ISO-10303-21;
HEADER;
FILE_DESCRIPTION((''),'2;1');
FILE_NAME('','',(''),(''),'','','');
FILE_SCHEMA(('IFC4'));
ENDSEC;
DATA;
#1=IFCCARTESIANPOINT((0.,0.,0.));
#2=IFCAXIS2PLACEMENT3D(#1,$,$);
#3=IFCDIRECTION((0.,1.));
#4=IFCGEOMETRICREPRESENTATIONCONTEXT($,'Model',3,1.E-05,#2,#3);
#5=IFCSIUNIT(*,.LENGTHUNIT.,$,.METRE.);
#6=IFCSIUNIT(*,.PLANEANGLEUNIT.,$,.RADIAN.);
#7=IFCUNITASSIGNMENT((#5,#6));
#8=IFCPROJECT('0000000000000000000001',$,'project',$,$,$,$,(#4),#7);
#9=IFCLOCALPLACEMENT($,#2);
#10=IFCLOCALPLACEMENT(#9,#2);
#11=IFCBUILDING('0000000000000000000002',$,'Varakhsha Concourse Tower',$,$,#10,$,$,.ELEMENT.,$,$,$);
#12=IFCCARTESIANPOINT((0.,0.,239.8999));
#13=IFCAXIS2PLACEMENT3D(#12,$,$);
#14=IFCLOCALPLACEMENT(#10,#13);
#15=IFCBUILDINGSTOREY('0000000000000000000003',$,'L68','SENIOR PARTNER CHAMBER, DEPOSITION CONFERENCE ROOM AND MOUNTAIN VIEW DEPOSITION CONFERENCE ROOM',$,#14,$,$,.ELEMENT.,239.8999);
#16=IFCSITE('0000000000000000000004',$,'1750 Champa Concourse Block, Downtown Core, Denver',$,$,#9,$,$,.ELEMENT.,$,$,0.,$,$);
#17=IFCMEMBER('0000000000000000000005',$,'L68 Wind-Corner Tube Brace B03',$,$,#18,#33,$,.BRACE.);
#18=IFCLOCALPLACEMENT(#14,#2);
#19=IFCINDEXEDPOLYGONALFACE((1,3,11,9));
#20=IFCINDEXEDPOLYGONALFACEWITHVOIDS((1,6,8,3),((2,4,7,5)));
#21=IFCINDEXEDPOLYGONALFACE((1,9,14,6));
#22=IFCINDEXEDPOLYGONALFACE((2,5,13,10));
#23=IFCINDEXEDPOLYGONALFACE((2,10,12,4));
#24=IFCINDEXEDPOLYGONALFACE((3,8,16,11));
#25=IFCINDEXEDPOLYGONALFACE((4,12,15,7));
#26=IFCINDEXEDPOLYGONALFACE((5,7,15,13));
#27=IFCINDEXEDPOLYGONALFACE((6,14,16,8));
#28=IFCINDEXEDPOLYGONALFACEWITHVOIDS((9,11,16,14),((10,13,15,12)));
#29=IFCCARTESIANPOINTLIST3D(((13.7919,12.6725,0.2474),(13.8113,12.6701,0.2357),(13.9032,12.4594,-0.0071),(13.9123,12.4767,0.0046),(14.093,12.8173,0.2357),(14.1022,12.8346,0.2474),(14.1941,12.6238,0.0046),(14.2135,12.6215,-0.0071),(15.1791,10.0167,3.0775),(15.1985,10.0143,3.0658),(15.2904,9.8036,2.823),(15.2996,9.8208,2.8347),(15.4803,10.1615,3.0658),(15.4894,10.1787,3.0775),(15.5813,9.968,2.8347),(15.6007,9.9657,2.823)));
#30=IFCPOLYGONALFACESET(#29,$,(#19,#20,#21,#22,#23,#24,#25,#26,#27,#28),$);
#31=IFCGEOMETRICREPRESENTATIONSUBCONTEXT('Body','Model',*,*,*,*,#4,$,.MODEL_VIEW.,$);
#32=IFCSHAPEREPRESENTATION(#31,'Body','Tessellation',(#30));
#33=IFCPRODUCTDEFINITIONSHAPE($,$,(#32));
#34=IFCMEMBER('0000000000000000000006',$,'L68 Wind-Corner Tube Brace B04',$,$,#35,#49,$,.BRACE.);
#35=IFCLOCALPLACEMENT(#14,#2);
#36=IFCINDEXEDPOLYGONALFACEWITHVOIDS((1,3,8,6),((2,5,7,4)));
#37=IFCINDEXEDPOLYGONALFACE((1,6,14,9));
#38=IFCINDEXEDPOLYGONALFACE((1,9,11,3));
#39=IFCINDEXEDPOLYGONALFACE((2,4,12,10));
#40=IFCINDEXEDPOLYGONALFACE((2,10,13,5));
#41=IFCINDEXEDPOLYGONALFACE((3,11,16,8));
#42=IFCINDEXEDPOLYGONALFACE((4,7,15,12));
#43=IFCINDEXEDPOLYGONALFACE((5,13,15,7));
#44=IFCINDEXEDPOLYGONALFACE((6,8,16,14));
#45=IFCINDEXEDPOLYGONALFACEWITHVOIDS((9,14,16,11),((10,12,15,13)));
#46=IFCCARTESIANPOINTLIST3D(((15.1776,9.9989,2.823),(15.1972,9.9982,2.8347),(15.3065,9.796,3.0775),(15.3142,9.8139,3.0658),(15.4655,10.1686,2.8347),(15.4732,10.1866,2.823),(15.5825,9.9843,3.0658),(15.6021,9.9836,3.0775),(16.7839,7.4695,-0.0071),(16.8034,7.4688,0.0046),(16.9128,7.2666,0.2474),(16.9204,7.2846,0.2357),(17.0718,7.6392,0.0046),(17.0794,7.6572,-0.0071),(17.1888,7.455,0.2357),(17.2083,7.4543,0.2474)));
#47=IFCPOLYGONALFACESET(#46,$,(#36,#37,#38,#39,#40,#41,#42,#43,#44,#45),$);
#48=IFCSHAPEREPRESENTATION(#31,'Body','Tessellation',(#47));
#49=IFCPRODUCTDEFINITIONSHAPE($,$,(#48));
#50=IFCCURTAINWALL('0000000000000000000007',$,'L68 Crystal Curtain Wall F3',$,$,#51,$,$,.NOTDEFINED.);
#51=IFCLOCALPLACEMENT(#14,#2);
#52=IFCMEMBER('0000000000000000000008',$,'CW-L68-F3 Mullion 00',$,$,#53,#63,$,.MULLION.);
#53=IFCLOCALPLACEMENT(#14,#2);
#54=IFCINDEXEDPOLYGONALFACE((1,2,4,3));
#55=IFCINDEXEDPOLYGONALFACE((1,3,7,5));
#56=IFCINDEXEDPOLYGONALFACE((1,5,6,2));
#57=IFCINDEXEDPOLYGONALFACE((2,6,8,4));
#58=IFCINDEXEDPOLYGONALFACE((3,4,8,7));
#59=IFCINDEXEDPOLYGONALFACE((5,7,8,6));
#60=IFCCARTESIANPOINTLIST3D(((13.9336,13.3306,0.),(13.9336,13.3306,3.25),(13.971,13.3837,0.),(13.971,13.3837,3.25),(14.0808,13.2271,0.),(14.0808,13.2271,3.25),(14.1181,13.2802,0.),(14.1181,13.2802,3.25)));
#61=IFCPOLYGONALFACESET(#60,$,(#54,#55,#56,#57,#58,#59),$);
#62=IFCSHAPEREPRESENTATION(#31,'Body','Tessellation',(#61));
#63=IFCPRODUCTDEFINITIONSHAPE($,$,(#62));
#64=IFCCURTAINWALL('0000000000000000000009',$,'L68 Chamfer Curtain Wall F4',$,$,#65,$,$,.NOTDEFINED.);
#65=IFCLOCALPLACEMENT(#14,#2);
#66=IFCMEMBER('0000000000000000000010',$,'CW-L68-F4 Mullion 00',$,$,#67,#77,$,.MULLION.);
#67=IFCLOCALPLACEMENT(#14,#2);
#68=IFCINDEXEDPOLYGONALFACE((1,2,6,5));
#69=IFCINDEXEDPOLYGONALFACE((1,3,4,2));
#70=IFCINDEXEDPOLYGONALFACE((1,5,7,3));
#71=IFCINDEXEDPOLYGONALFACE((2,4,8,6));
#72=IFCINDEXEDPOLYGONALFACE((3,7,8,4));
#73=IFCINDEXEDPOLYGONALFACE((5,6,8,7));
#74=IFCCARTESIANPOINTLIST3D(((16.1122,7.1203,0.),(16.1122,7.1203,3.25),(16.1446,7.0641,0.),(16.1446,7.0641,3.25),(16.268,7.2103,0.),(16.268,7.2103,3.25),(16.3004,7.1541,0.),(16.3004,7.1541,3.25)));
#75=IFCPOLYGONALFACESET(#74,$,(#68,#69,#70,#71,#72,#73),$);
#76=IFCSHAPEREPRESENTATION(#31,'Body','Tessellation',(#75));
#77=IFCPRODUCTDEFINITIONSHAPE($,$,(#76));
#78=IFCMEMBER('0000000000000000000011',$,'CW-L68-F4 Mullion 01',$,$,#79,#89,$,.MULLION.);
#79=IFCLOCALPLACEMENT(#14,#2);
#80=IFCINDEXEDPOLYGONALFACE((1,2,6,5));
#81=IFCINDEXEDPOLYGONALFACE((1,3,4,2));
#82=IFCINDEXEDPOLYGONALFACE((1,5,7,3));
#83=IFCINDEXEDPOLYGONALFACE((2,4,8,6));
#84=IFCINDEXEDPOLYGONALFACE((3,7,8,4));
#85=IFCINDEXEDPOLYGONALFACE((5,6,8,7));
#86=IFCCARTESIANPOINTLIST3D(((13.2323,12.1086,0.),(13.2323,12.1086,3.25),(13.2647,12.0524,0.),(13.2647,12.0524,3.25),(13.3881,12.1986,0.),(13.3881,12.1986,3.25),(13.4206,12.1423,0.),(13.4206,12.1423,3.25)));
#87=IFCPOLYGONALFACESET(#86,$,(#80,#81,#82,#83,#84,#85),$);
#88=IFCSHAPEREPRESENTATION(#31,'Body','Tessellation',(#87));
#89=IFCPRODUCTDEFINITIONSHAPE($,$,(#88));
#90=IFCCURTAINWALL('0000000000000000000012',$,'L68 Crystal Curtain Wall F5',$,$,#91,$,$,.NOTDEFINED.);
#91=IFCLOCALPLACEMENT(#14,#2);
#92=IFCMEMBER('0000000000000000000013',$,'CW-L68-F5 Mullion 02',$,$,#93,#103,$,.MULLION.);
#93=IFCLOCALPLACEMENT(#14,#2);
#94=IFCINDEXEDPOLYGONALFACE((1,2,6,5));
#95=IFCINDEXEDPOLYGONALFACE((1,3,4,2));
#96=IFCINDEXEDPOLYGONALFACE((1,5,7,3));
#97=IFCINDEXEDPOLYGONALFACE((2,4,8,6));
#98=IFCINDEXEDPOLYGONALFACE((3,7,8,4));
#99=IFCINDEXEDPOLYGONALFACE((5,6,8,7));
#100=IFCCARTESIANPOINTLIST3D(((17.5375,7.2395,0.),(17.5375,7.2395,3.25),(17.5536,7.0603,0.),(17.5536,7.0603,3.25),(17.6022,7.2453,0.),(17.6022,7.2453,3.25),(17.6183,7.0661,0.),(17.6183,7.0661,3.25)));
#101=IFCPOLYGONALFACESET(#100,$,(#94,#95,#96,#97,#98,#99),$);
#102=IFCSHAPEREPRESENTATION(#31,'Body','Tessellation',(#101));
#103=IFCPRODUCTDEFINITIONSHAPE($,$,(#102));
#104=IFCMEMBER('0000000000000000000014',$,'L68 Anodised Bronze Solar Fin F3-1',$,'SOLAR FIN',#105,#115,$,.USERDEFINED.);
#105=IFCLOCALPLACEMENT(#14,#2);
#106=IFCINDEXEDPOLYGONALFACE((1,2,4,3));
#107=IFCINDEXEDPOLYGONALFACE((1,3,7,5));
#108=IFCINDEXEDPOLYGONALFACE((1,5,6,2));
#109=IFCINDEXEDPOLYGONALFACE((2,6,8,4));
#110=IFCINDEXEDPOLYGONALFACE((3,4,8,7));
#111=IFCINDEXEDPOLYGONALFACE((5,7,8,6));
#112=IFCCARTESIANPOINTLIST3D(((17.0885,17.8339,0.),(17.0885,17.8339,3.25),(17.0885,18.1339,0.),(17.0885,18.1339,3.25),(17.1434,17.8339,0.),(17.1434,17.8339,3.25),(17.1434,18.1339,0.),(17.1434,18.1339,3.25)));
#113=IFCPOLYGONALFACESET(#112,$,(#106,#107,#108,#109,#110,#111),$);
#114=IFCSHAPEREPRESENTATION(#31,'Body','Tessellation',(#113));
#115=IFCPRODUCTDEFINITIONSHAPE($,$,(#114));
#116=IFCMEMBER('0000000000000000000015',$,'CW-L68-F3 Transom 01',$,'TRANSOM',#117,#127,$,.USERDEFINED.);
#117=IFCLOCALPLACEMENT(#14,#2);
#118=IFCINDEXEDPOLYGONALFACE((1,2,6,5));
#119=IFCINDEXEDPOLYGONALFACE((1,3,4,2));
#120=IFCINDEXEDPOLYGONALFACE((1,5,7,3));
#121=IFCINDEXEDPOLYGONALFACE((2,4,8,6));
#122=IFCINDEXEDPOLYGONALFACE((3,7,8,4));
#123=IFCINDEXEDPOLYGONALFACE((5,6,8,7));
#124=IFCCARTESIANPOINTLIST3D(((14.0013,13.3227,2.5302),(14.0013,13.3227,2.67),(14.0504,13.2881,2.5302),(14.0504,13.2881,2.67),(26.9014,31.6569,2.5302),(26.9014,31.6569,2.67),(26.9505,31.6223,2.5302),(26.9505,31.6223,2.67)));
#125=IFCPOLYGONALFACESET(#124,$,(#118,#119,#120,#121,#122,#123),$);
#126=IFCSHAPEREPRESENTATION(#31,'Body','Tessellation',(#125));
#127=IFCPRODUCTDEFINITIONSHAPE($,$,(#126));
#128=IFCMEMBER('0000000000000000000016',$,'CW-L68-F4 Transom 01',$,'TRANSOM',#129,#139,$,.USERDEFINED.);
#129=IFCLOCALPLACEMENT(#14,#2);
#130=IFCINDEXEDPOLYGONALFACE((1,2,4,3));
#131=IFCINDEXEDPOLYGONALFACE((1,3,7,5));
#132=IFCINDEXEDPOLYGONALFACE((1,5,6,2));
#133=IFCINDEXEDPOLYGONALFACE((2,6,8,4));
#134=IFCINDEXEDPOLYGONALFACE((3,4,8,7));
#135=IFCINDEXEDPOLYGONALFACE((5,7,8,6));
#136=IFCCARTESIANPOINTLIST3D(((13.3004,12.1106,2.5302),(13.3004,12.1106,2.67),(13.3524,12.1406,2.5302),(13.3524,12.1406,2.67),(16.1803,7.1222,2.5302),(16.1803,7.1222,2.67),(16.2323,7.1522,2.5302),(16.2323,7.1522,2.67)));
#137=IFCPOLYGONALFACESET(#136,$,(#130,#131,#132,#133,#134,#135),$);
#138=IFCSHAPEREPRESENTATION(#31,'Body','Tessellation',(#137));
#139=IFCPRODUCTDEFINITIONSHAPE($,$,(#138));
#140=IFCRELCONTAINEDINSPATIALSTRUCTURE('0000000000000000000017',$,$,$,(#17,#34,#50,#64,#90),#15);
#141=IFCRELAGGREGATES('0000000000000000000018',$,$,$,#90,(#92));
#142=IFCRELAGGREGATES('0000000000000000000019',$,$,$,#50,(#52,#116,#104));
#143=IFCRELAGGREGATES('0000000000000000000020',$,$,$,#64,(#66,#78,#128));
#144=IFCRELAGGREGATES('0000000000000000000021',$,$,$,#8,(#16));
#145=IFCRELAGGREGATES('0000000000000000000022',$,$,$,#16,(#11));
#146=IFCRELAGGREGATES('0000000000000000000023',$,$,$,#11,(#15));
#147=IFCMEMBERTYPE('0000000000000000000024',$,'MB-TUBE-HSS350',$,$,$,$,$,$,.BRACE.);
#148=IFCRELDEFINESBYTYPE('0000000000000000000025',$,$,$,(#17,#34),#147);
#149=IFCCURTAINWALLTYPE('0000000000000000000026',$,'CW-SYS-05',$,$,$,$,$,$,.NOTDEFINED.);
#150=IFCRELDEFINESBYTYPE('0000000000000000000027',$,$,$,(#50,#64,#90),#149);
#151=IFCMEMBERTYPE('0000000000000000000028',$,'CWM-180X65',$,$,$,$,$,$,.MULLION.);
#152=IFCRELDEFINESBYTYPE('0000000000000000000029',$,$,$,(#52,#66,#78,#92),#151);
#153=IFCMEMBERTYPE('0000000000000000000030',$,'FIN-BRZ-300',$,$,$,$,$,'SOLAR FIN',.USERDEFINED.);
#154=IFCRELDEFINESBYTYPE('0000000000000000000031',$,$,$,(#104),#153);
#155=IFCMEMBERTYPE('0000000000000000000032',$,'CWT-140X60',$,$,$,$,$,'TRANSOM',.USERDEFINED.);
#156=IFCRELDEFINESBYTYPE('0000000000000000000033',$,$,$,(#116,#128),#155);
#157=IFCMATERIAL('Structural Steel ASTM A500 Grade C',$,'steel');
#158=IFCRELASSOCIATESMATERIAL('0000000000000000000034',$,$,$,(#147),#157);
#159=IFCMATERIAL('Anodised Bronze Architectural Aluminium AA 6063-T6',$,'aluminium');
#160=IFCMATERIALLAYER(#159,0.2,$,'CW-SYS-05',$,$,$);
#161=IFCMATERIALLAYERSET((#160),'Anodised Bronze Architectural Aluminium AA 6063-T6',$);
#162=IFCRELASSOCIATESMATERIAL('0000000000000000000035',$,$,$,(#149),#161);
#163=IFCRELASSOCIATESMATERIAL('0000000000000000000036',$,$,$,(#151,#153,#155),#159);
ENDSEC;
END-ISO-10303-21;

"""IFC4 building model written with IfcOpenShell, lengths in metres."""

from ifc_helpers import new_model, si_unit, direction, frame, origin, origin_2d, place, context, subcontext, project, spatial, rectangle, hollow_rectangle, extrude, source, transform, mapped, material, layer, layer_set, material_profile, profile_set, type_object, type_shapes, element, aggregate, save


model = new_model("IFC4")

# Units and contexts
model_context = context("Model", 3, precision=1e-05, world=origin(), true_north=direction((0.0, 1.0)))
body_context = subcontext(model_context, "Body", "Model", "MODEL_VIEW")
ifc_project = project(units=[si_unit("LENGTHUNIT", "METRE"), si_unit("PLANEANGLEUNIT", "RADIAN")], contexts=[model_context])

# Site, building, storey
site_placement = place(None, origin())
site = spatial("IfcSite", under=ifc_project, at=site_placement, Name="1750 Champa Concourse Block, Downtown Core, Denver", CompositionType="ELEMENT", RefElevation=0.0)
building_placement = place(site_placement, origin())
building = spatial("IfcBuilding", under=site, at=building_placement, Name="Varakhsha Concourse Tower", CompositionType="ELEMENT")
storey_placement = place(building_placement, frame((0.0, 0.0, 239.8999)))
storey = spatial("IfcBuildingStorey", under=building, at=storey_placement, Name="L68", Description="SENIOR PARTNER CHAMBER, DEPOSITION CONFERENCE ROOM AND MOUNTAIN VIEW DEPOSITION CONFERENCE ROOM", CompositionType="ELEMENT", Elevation=239.8999)

# Members
ifc_material_1 = material(Name="Structural Steel ASTM A500 Grade C", Category="steel")
ifc_material_profile_1 = material_profile(ifc_material_1, hollow_rectangle(XDim=0.3501, YDim=0.3501, WallThickness=0.0161, at=origin_2d()), Name="HSS 350x350x16")
ifc_profile_set_1 = profile_set([ifc_material_profile_1], Name="Structural Steel ASTM A500 Grade C")
member_type_1 = type_object("IfcMemberType", Name="MB-TUBE-HSS350", PredefinedType="BRACE", material=ifc_profile_set_1)
shared_shape_1 = source(origin(), body_context, "Body", "SweptSolid", [
    extrude(hollow_rectangle(XDim=0.3501, YDim=0.3501, WallThickness=0.0161, at=origin_2d()), origin(), (0.0, 0.0, 1.0), 4.1216),
])
type_shapes(member_type_1, [shared_shape_1])
for number, where, z_axis, x_axis, name in (
    (1, (14.0027, 12.647, 0.1201), (0.336578, -0.644368, 0.686662), (0.886367, 0.462984, 0.0), "L68 Wind-Corner Tube Brace B03"),
    (2, (16.9961, 7.4619, 0.1201), (-0.389715, 0.613687, 0.686666), (-0.844168, -0.536079, 0.0), "L68 Wind-Corner Tube Brace B04"),
):
    element("IfcMember", number, at=place(storey_placement, frame(where, z_axis=z_axis, x_axis=x_axis)), inside=storey, type_object=member_type_1, Name=name, PredefinedType="BRACE", context=body_context, shape_type="MappedRepresentation", body=[
        mapped(shared_shape_1, transform((0.0, 0.0, 0.0), scale=1.0)),
    ])

# Curtain wall, member
ifc_material_2 = material(Name="Anodised Bronze Architectural Aluminium AA 6063-T6", Category="aluminium")
ifc_layer_1 = layer(ifc_material_2, 0.2, Name="CW-SYS-05")
ifc_layer_set_1 = layer_set([ifc_layer_1], Name="Anodised Bronze Architectural Aluminium AA 6063-T6")
curtain_wall_type = type_object("IfcCurtainWallType", Name="CW-SYS-05", PredefinedType="NOTDEFINED", material=ifc_layer_set_1)
curtain_wall_1_placement = place(storey_placement, origin())
curtain_wall_1 = element("IfcCurtainWall", 3, at=curtain_wall_1_placement, inside=storey, type_object=curtain_wall_type, Name="L68 Crystal Curtain Wall F3", PredefinedType="NOTDEFINED")
ifc_material_profile_2 = material_profile(ifc_material_2, rectangle(XDim=0.0649, YDim=0.1799, at=origin_2d()), Name="CWM-180X65")
ifc_profile_set_2 = profile_set([ifc_material_profile_2], Name="Anodised Bronze Architectural Aluminium AA 6063-T6")
member_type_2 = type_object("IfcMemberType", Name="CWM-180X65", PredefinedType="MULLION", material=ifc_profile_set_2)
shared_shape_2 = source(origin(), body_context, "Body", "SweptSolid", [
    extrude(rectangle(XDim=0.0649, YDim=0.1799, at=origin_2d()), origin(), (0.0, 0.0, 1.0), 3.25),
])
type_shapes(member_type_2, [shared_shape_2])
member_1_placement = place(storey_placement, frame((14.0259, 13.3054, 0.0), z_axis=(0.0, 0.0, 1.0), x_axis=(0.575444, 0.817842, 0.0)))
member_1 = element("IfcMember", 4, at=member_1_placement, type_object=member_type_2, Name="CW-L68-F3 Mullion 00", PredefinedType="MULLION", context=body_context, shape_type="MappedRepresentation", body=[
    mapped(shared_shape_2, transform((0.0, 0.0, 0.0), scale=1.0)),
])

# Curtain wall, members
curtain_wall_2_placement = place(storey_placement, origin())
curtain_wall_2 = element("IfcCurtainWall", 5, at=curtain_wall_2_placement, inside=storey, type_object=curtain_wall_type, Name="L68 Chamfer Curtain Wall F4", PredefinedType="NOTDEFINED")
member_2_placement = place(storey_placement, frame((16.2063, 7.1372, 0.0), z_axis=(0.0, 0.0, 1.0), x_axis=(-0.499992, 0.86603, 0.0)))
member_2 = element("IfcMember", 6, at=member_2_placement, type_object=member_type_2, Name="CW-L68-F4 Mullion 00", PredefinedType="MULLION", context=body_context, shape_type="MappedRepresentation", body=[
    mapped(shared_shape_2, transform((0.0, 0.0, 0.0), scale=1.0)),
])
member_3_placement = place(storey_placement, frame((13.3264, 12.1255, 0.0), z_axis=(0.0, 0.0, 1.0), x_axis=(-0.499992, 0.86603, 0.0)))
member_3 = element("IfcMember", 7, at=member_3_placement, type_object=member_type_2, Name="CW-L68-F4 Mullion 01", PredefinedType="MULLION", context=body_context, shape_type="MappedRepresentation", body=[
    mapped(shared_shape_2, transform((0.0, 0.0, 0.0), scale=1.0)),
])

# Curtain wall, member
curtain_wall_3_placement = place(storey_placement, origin())
curtain_wall_3 = element("IfcCurtainWall", 8, at=curtain_wall_3_placement, inside=storey, type_object=curtain_wall_type, Name="L68 Crystal Curtain Wall F5", PredefinedType="NOTDEFINED")
member_4_placement = place(storey_placement, frame((17.5779, 7.1528, 0.0), z_axis=(0.0, 0.0, 1.0), x_axis=(-0.995993, -0.089433, 0.0)))
member_4 = element("IfcMember", 9, at=member_4_placement, type_object=member_type_2, Name="CW-L68-F5 Mullion 02", PredefinedType="MULLION", context=body_context, shape_type="MappedRepresentation", body=[
    mapped(shared_shape_2, transform((0.0, 0.0, 0.0), scale=1.0)),
])
aggregate(curtain_wall_3, [member_4])

# Members
ifc_material_profile_3 = material_profile(ifc_material_2, rectangle(XDim=0.0549, YDim=0.3, at=origin_2d()), Name="FIN-BRZ-300")
ifc_profile_set_3 = profile_set([ifc_material_profile_3], Name="Anodised Bronze Architectural Aluminium AA 6063-T6")
member_type_3 = type_object("IfcMemberType", Name="FIN-BRZ-300", ElementType="SOLAR FIN", PredefinedType="USERDEFINED", material=ifc_profile_set_3)
shared_shape_3 = source(origin(), body_context, "Body", "SweptSolid", [
    extrude(rectangle(XDim=0.0549, YDim=0.3, at=origin_2d()), origin(), (0.0, 0.0, 1.0), 3.25),
])
type_shapes(member_type_3, [shared_shape_3])
member_5_placement = place(storey_placement, frame((17.116, 17.9839, 0.0), z_axis=(0.0, 0.0, 1.0), x_axis=(1.0, 0.0, 0.0)))
member_5 = element("IfcMember", 10, at=member_5_placement, type_object=member_type_3, Name="L68 Anodised Bronze Solar Fin F3-1", ObjectType="SOLAR FIN", PredefinedType="USERDEFINED", context=body_context, shape_type="MappedRepresentation", body=[
    mapped(shared_shape_3, transform((0.0, 0.0, 0.0), scale=1.0)),
])
ifc_material_profile_4 = material_profile(ifc_material_2, rectangle(XDim=0.0601, YDim=0.1399, at=origin_2d()), Name="CWT-140X60")
ifc_profile_set_4 = profile_set([ifc_material_profile_4], Name="Anodised Bronze Architectural Aluminium AA 6063-T6")
member_type_4 = type_object("IfcMemberType", Name="CWT-140X60", ElementType="TRANSOM", PredefinedType="USERDEFINED", material=ifc_profile_set_4)
shared_shape_4 = source(origin(), body_context, "Body", "SweptSolid", [
    extrude(rectangle(XDim=0.0601, YDim=0.1399, at=origin_2d()), origin(), (0.0, 0.0, 1.0), 22.4177),
])
member_6_placement = place(storey_placement, frame((14.0259, 13.3054, 2.6001), z_axis=(0.575442, 0.817842, 0.0), x_axis=(-0.817842, 0.575442, 0.0)))
member_6 = element("IfcMember", 11, at=member_6_placement, type_object=member_type_4, Name="CW-L68-F3 Transom 01", ObjectType="TRANSOM", PredefinedType="USERDEFINED", context=body_context, shape_type="MappedRepresentation", body=[
    mapped(shared_shape_4, transform((0.0, 0.0, 0.0), scale=1.0)),
])
shared_shape_5 = source(origin(), body_context, "Body", "SweptSolid", [
    extrude(rectangle(XDim=0.0601, YDim=0.1399, at=origin_2d()), origin(), (0.0, 0.0, 1.0), 5.76),
])
type_shapes(member_type_4, [shared_shape_4, shared_shape_5])
member_7_placement = place(storey_placement, frame((16.2063, 7.1372, 2.6001), z_axis=(-0.499987, 0.866033, 0.0), x_axis=(-0.866033, -0.499987, 0.0)))
member_7 = element("IfcMember", 12, at=member_7_placement, type_object=member_type_4, Name="CW-L68-F4 Transom 01", ObjectType="TRANSOM", PredefinedType="USERDEFINED", context=body_context, shape_type="MappedRepresentation", body=[
    mapped(shared_shape_5, transform((0.0, 0.0, 0.0), scale=1.0)),
])

aggregate(curtain_wall_1, [member_1, member_6, member_5])
aggregate(curtain_wall_2, [member_2, member_3, member_7])

save(model, "model.ifc")
